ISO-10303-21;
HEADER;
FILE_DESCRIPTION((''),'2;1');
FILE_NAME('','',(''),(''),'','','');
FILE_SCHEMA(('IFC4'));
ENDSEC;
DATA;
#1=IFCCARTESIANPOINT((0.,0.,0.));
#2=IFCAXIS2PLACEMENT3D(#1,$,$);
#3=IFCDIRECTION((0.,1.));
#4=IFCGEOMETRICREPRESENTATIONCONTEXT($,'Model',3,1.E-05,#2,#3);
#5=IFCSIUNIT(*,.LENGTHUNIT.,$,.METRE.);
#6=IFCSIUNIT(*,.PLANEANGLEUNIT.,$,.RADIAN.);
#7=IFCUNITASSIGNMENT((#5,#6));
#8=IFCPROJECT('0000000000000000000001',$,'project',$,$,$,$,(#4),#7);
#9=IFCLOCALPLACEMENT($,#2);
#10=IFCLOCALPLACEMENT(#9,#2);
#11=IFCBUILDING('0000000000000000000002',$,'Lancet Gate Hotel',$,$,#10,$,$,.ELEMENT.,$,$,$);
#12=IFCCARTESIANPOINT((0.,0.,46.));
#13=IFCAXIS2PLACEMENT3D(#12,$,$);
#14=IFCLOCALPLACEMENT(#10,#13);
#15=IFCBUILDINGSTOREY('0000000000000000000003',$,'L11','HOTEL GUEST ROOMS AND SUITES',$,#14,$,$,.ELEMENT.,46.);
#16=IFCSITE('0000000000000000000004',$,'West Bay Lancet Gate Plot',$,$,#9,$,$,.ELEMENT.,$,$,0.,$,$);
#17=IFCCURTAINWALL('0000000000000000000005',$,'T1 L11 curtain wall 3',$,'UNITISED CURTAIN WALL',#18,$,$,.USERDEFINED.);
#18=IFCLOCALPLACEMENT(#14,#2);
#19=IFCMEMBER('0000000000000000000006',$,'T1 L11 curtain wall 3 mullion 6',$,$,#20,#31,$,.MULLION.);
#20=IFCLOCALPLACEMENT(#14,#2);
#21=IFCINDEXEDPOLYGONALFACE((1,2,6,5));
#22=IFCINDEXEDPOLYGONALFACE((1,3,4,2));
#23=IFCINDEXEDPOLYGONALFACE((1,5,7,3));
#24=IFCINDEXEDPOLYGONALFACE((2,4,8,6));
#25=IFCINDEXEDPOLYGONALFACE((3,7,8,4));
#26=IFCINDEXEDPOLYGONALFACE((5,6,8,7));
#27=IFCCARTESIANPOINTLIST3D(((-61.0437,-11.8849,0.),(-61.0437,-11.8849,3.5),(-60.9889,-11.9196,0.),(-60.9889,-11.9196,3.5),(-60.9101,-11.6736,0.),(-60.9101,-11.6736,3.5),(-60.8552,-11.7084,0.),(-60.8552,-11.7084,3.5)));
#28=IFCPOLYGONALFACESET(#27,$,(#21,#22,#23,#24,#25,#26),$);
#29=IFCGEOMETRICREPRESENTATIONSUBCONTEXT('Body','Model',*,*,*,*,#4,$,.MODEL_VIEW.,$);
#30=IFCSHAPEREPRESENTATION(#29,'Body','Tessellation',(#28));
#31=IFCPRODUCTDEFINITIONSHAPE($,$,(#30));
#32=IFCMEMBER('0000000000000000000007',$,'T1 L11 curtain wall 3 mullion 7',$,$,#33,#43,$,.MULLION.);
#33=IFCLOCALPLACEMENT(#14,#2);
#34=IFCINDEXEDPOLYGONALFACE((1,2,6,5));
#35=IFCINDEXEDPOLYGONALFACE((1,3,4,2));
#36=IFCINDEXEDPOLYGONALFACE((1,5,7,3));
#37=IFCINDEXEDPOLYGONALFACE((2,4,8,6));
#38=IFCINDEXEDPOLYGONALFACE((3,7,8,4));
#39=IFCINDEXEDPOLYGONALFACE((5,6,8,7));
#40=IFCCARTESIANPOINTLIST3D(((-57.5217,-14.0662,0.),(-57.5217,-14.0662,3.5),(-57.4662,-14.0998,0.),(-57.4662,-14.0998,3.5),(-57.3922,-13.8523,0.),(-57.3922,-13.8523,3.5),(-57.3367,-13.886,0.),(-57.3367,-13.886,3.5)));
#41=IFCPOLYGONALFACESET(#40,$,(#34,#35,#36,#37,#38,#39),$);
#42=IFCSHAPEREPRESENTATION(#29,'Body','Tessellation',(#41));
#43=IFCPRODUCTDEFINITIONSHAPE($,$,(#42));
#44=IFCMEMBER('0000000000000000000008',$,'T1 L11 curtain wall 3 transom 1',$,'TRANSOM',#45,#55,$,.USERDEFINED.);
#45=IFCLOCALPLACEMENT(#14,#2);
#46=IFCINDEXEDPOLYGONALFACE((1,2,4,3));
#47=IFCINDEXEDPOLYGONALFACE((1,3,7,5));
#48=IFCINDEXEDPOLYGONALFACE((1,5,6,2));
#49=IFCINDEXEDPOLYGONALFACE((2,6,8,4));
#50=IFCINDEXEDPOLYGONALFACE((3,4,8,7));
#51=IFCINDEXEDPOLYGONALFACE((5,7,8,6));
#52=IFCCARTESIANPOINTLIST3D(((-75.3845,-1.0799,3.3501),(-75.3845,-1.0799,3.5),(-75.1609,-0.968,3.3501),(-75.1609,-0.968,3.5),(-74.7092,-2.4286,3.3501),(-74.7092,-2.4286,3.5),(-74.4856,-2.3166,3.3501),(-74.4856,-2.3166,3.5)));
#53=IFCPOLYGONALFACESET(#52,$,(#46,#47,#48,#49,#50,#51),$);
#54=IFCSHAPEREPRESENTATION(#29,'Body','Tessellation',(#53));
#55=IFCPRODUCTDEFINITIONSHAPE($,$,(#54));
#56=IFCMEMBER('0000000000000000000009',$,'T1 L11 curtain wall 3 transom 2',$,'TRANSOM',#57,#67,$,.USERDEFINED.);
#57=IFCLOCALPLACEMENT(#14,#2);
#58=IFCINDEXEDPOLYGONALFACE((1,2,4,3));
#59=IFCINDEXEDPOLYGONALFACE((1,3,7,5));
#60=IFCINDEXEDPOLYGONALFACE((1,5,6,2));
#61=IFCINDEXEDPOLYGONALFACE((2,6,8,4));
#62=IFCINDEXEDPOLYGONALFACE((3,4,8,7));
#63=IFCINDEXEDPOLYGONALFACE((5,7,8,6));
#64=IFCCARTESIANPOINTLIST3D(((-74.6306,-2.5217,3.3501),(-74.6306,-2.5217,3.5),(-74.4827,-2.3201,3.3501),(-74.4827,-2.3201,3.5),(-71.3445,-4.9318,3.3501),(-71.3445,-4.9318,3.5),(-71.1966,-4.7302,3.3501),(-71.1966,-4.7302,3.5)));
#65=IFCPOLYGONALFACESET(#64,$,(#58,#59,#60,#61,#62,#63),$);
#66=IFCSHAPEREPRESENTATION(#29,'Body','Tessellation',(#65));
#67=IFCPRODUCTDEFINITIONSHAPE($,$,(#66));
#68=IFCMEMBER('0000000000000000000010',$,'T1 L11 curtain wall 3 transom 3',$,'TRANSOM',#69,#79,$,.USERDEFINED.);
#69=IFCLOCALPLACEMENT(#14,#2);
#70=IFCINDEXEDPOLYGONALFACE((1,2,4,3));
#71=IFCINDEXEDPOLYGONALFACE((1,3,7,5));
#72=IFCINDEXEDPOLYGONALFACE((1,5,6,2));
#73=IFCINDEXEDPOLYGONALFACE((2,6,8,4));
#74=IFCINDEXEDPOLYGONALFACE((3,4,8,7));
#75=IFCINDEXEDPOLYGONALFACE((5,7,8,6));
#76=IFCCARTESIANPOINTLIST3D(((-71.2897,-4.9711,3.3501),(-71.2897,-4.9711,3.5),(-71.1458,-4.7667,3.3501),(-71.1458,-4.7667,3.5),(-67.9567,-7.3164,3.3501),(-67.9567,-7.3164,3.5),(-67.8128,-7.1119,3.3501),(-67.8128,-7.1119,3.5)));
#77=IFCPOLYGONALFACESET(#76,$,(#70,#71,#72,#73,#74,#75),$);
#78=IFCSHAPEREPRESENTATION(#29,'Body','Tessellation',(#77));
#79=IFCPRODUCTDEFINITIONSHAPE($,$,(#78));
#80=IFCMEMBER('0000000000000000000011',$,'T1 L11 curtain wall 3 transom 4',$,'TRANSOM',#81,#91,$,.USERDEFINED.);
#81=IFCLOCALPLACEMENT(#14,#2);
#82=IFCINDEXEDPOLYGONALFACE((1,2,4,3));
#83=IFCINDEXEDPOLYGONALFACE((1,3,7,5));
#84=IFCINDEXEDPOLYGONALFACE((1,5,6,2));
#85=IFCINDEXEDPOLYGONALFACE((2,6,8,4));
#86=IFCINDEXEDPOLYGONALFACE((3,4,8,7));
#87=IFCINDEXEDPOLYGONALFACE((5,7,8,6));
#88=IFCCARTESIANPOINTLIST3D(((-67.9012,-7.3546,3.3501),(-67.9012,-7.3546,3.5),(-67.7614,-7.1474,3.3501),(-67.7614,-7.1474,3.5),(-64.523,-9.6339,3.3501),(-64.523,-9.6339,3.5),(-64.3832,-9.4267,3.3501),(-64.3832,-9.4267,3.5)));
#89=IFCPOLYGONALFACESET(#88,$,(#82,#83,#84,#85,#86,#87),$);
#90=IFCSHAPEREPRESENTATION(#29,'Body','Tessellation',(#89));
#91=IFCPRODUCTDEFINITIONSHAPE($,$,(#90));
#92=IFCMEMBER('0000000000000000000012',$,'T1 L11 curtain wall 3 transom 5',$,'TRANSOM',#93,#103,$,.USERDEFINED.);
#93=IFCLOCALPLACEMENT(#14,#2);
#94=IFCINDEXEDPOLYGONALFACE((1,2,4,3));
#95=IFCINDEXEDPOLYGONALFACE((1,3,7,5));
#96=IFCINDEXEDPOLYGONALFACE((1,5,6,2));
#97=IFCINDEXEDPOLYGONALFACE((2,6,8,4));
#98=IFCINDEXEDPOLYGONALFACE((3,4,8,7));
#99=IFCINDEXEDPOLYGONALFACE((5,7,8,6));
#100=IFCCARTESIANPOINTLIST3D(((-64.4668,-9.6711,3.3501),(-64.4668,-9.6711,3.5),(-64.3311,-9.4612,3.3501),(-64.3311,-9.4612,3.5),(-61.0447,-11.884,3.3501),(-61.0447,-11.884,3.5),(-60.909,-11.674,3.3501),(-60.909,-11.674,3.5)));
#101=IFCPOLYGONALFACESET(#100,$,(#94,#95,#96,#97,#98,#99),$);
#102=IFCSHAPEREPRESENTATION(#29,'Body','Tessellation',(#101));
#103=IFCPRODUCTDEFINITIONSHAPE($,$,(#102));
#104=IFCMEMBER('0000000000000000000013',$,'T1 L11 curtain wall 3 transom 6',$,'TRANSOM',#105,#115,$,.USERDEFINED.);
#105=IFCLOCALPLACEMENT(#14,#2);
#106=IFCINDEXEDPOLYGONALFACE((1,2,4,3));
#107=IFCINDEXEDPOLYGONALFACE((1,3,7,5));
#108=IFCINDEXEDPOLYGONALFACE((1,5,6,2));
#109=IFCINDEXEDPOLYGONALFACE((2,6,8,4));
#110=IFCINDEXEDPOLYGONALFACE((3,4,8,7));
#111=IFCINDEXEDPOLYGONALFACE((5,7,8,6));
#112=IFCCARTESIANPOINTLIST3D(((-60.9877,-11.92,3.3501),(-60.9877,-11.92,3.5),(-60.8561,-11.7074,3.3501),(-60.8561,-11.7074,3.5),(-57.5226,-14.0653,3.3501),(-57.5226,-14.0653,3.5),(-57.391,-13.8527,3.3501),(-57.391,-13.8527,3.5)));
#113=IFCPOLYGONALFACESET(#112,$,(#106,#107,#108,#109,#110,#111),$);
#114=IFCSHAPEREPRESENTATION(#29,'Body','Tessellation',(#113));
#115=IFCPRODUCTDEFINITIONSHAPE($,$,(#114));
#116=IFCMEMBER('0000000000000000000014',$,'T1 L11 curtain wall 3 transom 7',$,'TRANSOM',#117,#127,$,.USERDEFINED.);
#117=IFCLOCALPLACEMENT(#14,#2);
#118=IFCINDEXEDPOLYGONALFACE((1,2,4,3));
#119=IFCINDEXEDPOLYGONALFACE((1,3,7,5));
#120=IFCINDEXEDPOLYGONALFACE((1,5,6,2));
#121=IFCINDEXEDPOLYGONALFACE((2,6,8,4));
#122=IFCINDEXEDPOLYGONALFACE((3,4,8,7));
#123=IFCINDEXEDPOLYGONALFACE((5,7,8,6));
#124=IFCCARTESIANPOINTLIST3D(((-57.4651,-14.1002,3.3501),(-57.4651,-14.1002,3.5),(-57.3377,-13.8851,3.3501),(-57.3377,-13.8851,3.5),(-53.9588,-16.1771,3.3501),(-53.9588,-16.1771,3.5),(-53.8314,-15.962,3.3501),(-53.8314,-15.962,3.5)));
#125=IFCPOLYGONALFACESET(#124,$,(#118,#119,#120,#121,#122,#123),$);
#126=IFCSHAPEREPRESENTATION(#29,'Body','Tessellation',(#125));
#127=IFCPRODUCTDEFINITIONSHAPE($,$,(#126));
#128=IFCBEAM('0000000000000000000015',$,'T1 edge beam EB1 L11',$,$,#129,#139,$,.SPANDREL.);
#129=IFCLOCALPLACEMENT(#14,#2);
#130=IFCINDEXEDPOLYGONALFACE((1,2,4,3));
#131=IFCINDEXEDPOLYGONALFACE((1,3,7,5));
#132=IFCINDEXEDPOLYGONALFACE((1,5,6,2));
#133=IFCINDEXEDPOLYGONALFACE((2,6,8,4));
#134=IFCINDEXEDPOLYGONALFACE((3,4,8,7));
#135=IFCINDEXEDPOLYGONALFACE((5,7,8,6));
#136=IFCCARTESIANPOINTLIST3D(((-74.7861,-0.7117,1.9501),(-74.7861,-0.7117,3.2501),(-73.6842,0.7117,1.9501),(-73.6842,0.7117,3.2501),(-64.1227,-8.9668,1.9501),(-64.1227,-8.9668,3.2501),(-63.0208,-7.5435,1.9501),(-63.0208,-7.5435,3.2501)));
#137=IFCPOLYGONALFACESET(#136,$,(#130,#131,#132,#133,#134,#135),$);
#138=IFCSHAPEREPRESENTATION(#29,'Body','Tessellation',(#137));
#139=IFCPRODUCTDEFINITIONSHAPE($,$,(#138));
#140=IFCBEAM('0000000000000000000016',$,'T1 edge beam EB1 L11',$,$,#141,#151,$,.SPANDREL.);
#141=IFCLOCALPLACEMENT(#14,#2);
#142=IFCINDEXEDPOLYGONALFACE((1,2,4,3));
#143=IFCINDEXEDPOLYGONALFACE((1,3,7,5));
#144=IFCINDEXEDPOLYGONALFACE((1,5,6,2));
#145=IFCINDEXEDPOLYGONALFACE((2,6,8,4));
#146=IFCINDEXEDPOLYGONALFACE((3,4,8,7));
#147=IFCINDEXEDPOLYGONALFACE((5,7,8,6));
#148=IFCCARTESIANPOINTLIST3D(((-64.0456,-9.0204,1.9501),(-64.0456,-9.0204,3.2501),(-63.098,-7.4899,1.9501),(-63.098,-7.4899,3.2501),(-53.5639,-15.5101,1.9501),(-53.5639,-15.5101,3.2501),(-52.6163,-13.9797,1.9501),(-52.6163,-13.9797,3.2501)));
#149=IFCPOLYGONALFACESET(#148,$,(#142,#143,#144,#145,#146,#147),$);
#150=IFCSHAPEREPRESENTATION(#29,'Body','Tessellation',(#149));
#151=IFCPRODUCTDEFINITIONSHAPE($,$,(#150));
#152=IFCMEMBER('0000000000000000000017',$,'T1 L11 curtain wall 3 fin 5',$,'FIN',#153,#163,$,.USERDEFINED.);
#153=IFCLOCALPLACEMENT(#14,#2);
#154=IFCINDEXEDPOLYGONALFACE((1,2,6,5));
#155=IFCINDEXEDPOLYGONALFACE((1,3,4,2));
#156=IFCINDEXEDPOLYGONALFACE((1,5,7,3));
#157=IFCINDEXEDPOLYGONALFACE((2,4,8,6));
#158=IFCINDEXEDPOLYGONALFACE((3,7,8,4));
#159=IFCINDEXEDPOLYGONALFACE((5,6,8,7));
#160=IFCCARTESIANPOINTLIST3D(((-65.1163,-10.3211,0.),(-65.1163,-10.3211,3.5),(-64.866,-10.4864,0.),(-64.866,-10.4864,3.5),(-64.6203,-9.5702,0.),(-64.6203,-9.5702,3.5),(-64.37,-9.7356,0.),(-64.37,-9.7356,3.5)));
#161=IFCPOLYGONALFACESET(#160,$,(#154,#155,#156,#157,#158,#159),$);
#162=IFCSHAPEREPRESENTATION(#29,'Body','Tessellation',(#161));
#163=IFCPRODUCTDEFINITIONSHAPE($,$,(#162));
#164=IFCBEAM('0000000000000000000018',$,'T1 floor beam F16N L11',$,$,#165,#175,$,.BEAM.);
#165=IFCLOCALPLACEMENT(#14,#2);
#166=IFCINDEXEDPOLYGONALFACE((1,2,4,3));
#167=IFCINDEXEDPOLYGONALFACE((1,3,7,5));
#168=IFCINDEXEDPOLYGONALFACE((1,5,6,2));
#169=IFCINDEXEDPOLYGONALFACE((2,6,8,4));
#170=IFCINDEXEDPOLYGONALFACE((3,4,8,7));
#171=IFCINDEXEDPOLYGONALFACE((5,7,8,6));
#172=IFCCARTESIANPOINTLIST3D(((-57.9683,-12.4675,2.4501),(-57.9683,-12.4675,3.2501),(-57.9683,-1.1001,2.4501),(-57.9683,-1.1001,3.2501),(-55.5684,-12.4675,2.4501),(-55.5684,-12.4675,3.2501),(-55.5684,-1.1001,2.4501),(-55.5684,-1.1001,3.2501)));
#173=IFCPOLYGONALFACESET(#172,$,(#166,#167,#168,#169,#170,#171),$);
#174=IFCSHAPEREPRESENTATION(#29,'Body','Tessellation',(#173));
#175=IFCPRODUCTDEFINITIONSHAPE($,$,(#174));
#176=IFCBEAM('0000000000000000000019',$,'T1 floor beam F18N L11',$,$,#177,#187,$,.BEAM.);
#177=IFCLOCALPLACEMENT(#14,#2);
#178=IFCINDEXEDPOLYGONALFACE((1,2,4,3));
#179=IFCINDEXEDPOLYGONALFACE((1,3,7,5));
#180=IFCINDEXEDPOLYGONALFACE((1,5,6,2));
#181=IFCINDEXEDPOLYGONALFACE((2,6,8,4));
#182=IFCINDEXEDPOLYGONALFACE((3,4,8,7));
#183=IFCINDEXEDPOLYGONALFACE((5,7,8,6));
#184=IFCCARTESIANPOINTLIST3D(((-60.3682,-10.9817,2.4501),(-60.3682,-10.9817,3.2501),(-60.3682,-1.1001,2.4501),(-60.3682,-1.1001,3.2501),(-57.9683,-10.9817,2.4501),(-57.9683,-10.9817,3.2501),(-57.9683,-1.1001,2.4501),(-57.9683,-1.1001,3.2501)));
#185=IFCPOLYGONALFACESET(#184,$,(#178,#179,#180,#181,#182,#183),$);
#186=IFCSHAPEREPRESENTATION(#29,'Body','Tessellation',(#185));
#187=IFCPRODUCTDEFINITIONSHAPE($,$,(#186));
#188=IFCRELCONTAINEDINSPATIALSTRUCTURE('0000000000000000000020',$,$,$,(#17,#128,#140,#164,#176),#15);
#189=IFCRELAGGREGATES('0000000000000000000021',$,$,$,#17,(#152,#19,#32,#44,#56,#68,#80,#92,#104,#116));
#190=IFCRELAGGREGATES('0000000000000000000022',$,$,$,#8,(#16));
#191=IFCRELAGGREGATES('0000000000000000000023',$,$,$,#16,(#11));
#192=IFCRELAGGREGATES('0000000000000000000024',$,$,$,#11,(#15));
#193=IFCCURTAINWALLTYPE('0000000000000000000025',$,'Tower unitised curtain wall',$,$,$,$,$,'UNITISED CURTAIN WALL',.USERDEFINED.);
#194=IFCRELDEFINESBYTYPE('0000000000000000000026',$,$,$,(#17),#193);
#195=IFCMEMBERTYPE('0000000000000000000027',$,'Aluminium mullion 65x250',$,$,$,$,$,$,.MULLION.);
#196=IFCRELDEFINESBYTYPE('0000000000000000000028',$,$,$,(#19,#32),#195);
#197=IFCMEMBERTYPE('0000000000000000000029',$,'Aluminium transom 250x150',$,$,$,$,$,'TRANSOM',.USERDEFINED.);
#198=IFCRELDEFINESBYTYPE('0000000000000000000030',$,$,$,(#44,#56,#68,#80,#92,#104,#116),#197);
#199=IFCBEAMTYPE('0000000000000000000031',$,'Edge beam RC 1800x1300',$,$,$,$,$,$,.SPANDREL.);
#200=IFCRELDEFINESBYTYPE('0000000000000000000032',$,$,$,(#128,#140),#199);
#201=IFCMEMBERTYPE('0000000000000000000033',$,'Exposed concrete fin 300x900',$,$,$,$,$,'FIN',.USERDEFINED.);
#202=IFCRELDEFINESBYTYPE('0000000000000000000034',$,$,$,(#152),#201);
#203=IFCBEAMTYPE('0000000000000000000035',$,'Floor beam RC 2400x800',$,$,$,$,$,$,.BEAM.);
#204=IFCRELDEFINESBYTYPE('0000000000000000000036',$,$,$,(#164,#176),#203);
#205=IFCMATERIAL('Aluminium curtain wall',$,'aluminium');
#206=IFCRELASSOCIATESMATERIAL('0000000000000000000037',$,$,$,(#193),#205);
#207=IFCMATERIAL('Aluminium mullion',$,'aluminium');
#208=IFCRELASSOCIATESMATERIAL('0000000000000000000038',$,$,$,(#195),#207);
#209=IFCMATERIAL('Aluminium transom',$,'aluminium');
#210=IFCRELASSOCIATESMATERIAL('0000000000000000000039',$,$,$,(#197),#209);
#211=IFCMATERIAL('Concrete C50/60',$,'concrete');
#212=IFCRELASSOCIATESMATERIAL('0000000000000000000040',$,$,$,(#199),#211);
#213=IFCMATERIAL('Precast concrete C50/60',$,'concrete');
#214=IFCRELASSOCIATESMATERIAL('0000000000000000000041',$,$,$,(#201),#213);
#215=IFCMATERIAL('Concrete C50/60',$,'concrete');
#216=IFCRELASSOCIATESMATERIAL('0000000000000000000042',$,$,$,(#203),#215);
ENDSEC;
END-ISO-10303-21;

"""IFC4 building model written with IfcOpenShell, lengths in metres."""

from ifc_helpers import new_model, si_unit, direction, frame, origin, origin_2d, place, context, subcontext, project, spatial, rectangle, extrude, material, material_profile, profile_set, type_object, element, aggregate, save


model = new_model("IFC4")

# Units and contexts
model_context = context("Model", 3, precision=1e-05, world=origin(), true_north=direction((0.0, 1.0)))
body_context = subcontext(model_context, "Body", "Model", "MODEL_VIEW")
ifc_project = project(units=[si_unit("LENGTHUNIT", "METRE"), si_unit("PLANEANGLEUNIT", "RADIAN")], contexts=[model_context])

# Site, building, storey
site_placement = place(None, origin())
site = spatial("IfcSite", under=ifc_project, at=site_placement, Name="West Bay Lancet Gate Plot", CompositionType="ELEMENT", RefElevation=0.0)
building_placement = place(site_placement, origin())
building = spatial("IfcBuilding", under=site, at=building_placement, Name="Lancet Gate Hotel", CompositionType="ELEMENT")
storey_placement = place(building_placement, frame((0.0, 0.0, 46.0)))
storey = spatial("IfcBuildingStorey", under=building, at=storey_placement, Name="L11", Description="HOTEL GUEST ROOMS AND SUITES", CompositionType="ELEMENT", Elevation=46.0)

# Curtain wall, members
ifc_material_1 = material(Name="Aluminium curtain wall", Category="aluminium")
curtain_wall_type = type_object("IfcCurtainWallType", Name="Tower unitised curtain wall", ElementType="UNITISED CURTAIN WALL", PredefinedType="USERDEFINED", material=ifc_material_1)
curtain_wall_placement = place(storey_placement, origin())
curtain_wall = element("IfcCurtainWall", 1, at=curtain_wall_placement, inside=storey, type_object=curtain_wall_type, Name="T1 L11 curtain wall 3", ObjectType="UNITISED CURTAIN WALL", PredefinedType="USERDEFINED")
ifc_material_2 = material(Name="Aluminium mullion", Category="aluminium")
ifc_material_profile_1 = material_profile(ifc_material_2, rectangle(XDim=0.0649, YDim=0.25, at=origin_2d()), Name="MULLION 65x250")
ifc_profile_set_1 = profile_set([ifc_material_profile_1], Name="Aluminium mullion")
member_type_1 = type_object("IfcMemberType", Name="Aluminium mullion 65x250", PredefinedType="MULLION", material=ifc_profile_set_1)
member_1_placement = place(storey_placement, frame((-60.9495, -11.7966, 0.0), z_axis=(0.0, 0.0, 1.0), x_axis=(0.845029, -0.53472, 0.0)))
member_1 = element("IfcMember", 2, at=member_1_placement, type_object=member_type_1, Name="T1 L11 curtain wall 3 mullion 6", PredefinedType="MULLION", context=body_context, shape_type="SweptSolid", body=[
    extrude(rectangle(XDim=0.0649, YDim=0.25, at=origin_2d()), origin(), (0.0, 0.0, 1.0), 3.5),
])
member_2_placement = place(storey_placement, frame((-57.4292, -13.9761, 0.0), z_axis=(0.0, 0.0, 1.0), x_axis=(0.855346, -0.518057, 0.0)))
member_2 = element("IfcMember", 3, at=member_2_placement, type_object=member_type_1, Name="T1 L11 curtain wall 3 mullion 7", PredefinedType="MULLION", context=body_context, shape_type="SweptSolid", body=[
    extrude(rectangle(XDim=0.0649, YDim=0.25, at=origin_2d()), origin(), (0.0, 0.0, 1.0), 3.5),
])
ifc_material_3 = material(Name="Aluminium transom", Category="aluminium")
ifc_material_profile_2 = material_profile(ifc_material_3, rectangle(XDim=0.25, YDim=0.1499, at=origin_2d()), Name="TRANSOM 250x150")
ifc_profile_set_2 = profile_set([ifc_material_profile_2], Name="Aluminium transom")
member_type_2 = type_object("IfcMemberType", Name="Aluminium transom 250x150", ElementType="TRANSOM", PredefinedType="USERDEFINED", material=ifc_profile_set_2)
member_3_placement = place(storey_placement, frame((-75.2727, -1.0239, 3.425), z_axis=(0.447732, -0.894168, 0.0), x_axis=(0.894168, 0.447732, 0.0)))
member_3 = element("IfcMember", 4, at=member_3_placement, type_object=member_type_2, Name="T1 L11 curtain wall 3 transom 1", ObjectType="TRANSOM", PredefinedType="USERDEFINED", context=body_context, shape_type="SweptSolid", body=[
    extrude(rectangle(XDim=0.25, YDim=0.1499, at=origin_2d()), origin(), (0.0, 0.0, 1.0), 1.5083),
])
member_4_placement = place(storey_placement, frame((-74.5566, -2.4209, 3.425), z_axis=(0.806367, -0.591416, 0.0), x_axis=(0.591416, 0.806367, 0.0)))
member_4 = element("IfcMember", 5, at=member_4_placement, type_object=member_type_2, Name="T1 L11 curtain wall 3 transom 2", ObjectType="TRANSOM", PredefinedType="USERDEFINED", context=body_context, shape_type="SweptSolid", body=[
    extrude(rectangle(XDim=0.25, YDim=0.1499, at=origin_2d()), origin(), (0.0, 0.0, 1.0), 4.0752),
])
member_5_placement = place(storey_placement, frame((-71.2178, -4.8689, 3.425), z_axis=(0.817834, -0.575455, 0.0), x_axis=(0.575455, 0.817834, 0.0)))
member_5 = element("IfcMember", 6, at=member_5_placement, type_object=member_type_2, Name="T1 L11 curtain wall 3 transom 3", ObjectType="TRANSOM", PredefinedType="USERDEFINED", context=body_context, shape_type="SweptSolid", body=[
    extrude(rectangle(XDim=0.25, YDim=0.1499, at=origin_2d()), origin(), (0.0, 0.0, 1.0), 4.0754),
])
member_6_placement = place(storey_placement, frame((-67.8313, -7.251, 3.425), z_axis=(0.828959, -0.559309, 0.0), x_axis=(0.559309, 0.828959, 0.0)))
member_6 = element("IfcMember", 7, at=member_6_placement, type_object=member_type_2, Name="T1 L11 curtain wall 3 transom 4", ObjectType="TRANSOM", PredefinedType="USERDEFINED", context=body_context, shape_type="SweptSolid", body=[
    extrude(rectangle(XDim=0.25, YDim=0.1499, at=origin_2d()), origin(), (0.0, 0.0, 1.0), 4.0752),
])
member_7_placement = place(storey_placement, frame((-64.3989, -9.5662, 3.425), z_axis=(0.839729, -0.543005, 0.0), x_axis=(0.543005, 0.839729, 0.0)))
member_7 = element("IfcMember", 8, at=member_7_placement, type_object=member_type_2, Name="T1 L11 curtain wall 3 transom 5", ObjectType="TRANSOM", PredefinedType="USERDEFINED", context=body_context, shape_type="SweptSolid", body=[
    extrude(rectangle(XDim=0.25, YDim=0.1499, at=origin_2d()), origin(), (0.0, 0.0, 1.0), 4.0752),
])
member_8_placement = place(storey_placement, frame((-60.9219, -11.8137, 3.425), z_axis=(0.850242, -0.526392, 0.0), x_axis=(0.526392, 0.850242, 0.0)))
member_8 = element("IfcMember", 9, at=member_8_placement, type_object=member_type_2, Name="T1 L11 curtain wall 3 transom 6", ObjectType="TRANSOM", PredefinedType="USERDEFINED", context=body_context, shape_type="SweptSolid", body=[
    extrude(rectangle(XDim=0.25, YDim=0.1499, at=origin_2d()), origin(), (0.0, 0.0, 1.0), 4.0754),
])
member_9_placement = place(storey_placement, frame((-57.4014, -13.9927, 3.425), z_axis=(0.860392, -0.509633, 0.0), x_axis=(0.509633, 0.860392, 0.0)))
member_9 = element("IfcMember", 10, at=member_9_placement, type_object=member_type_2, Name="T1 L11 curtain wall 3 transom 7", ObjectType="TRANSOM", PredefinedType="USERDEFINED", context=body_context, shape_type="SweptSolid", body=[
    extrude(rectangle(XDim=0.25, YDim=0.1499, at=origin_2d()), origin(), (0.0, 0.0, 1.0), 4.0752),
])

# Beams
ifc_material_4 = material(Name="Concrete C50/60", Category="concrete")
ifc_material_profile_3 = material_profile(ifc_material_4, rectangle(XDim=1.8, YDim=1.3, at=origin_2d()), Name="RC 1800x1300")
ifc_profile_set_3 = profile_set([ifc_material_profile_3], Name="Concrete C50/60")
beam_type_1 = type_object("IfcBeamType", Name="Edge beam RC 1800x1300", PredefinedType="SPANDREL", material=ifc_profile_set_3)
beam_1_placement = place(storey_placement, frame((-74.2351, 0.0, 2.6001), z_axis=(0.790736, -0.612157, 0.0), x_axis=(0.612157, 0.790736, 0.0)))
element("IfcBeam", 11, at=beam_1_placement, inside=storey, type_object=beam_type_1, Name="T1 edge beam EB1 L11", PredefinedType="SPANDREL", context=body_context, shape_type="SweptSolid", body=[
    extrude(rectangle(XDim=1.8, YDim=1.3, at=origin_2d()), origin(), (0.0, 0.0, 1.0), 13.4854),
])
beam_2_placement = place(storey_placement, frame((-63.5718, -8.2551, 2.6001), z_axis=(0.850226, -0.526418, 0.0), x_axis=(0.526418, 0.850226, 0.0)))
element("IfcBeam", 12, at=beam_2_placement, inside=storey, type_object=beam_type_1, Name="T1 edge beam EB1 L11", PredefinedType="SPANDREL", context=body_context, shape_type="SweptSolid", body=[
    extrude(rectangle(XDim=1.8, YDim=1.3, at=origin_2d()), origin(), (0.0, 0.0, 1.0), 12.3281),
])

# Member
ifc_material_5 = material(Name="Precast concrete C50/60", Category="concrete")
ifc_material_profile_4 = material_profile(ifc_material_5, rectangle(XDim=0.3, YDim=0.8999, at=origin_2d()), Name="FIN 300x900")
ifc_profile_set_4 = profile_set([ifc_material_profile_4], Name="Precast concrete C50/60")
member_type_3 = type_object("IfcMemberType", Name="Exposed concrete fin 300x900", ElementType="FIN", PredefinedType="USERDEFINED", material=ifc_profile_set_4)
member_10_placement = place(storey_placement, frame((-64.7432, -10.0283, 0.0), z_axis=(0.0, 0.0, 1.0), x_axis=(0.834387, -0.551178, 0.0)))
member_10 = element("IfcMember", 13, at=member_10_placement, type_object=member_type_3, Name="T1 L11 curtain wall 3 fin 5", ObjectType="FIN", PredefinedType="USERDEFINED", context=body_context, shape_type="SweptSolid", body=[
    extrude(rectangle(XDim=0.3, YDim=0.8999, at=origin_2d()), origin(), (0.0, 0.0, 1.0), 3.5),
])

# Beams
ifc_material_6 = material(Name="Concrete C50/60", Category="concrete")
ifc_material_profile_5 = material_profile(ifc_material_6, rectangle(XDim=2.3999, YDim=0.8, at=origin_2d()), Name="RC 2400x800")
ifc_profile_set_5 = profile_set([ifc_material_profile_5], Name="Concrete C50/60")
beam_type_2 = type_object("IfcBeamType", Name="Floor beam RC 2400x800", PredefinedType="BEAM", material=ifc_profile_set_5)
beam_3_placement = place(storey_placement, frame((-56.7683, -1.1001, 2.8501), z_axis=(0.0, -1.0, 0.0), x_axis=(1.0, 0.0, 0.0)))
element("IfcBeam", 14, at=beam_3_placement, inside=storey, type_object=beam_type_2, Name="T1 floor beam F16N L11", PredefinedType="BEAM", context=body_context, shape_type="SweptSolid", body=[
    extrude(rectangle(XDim=2.3999, YDim=0.8, at=origin_2d()), origin(), (0.0, 0.0, 1.0), 11.3674),
])
beam_4_placement = place(storey_placement, frame((-59.1682, -1.1001, 2.8501), z_axis=(0.0, -1.0, 0.0), x_axis=(1.0, 0.0, 0.0)))
element("IfcBeam", 15, at=beam_4_placement, inside=storey, type_object=beam_type_2, Name="T1 floor beam F18N L11", PredefinedType="BEAM", context=body_context, shape_type="SweptSolid", body=[
    extrude(rectangle(XDim=2.3999, YDim=0.8, at=origin_2d()), origin(), (0.0, 0.0, 1.0), 9.8816),
])

aggregate(curtain_wall, [member_10, member_1, member_2, member_3, member_4, member_5, member_6, member_7, member_8, member_9])

save(model, "model.ifc")
